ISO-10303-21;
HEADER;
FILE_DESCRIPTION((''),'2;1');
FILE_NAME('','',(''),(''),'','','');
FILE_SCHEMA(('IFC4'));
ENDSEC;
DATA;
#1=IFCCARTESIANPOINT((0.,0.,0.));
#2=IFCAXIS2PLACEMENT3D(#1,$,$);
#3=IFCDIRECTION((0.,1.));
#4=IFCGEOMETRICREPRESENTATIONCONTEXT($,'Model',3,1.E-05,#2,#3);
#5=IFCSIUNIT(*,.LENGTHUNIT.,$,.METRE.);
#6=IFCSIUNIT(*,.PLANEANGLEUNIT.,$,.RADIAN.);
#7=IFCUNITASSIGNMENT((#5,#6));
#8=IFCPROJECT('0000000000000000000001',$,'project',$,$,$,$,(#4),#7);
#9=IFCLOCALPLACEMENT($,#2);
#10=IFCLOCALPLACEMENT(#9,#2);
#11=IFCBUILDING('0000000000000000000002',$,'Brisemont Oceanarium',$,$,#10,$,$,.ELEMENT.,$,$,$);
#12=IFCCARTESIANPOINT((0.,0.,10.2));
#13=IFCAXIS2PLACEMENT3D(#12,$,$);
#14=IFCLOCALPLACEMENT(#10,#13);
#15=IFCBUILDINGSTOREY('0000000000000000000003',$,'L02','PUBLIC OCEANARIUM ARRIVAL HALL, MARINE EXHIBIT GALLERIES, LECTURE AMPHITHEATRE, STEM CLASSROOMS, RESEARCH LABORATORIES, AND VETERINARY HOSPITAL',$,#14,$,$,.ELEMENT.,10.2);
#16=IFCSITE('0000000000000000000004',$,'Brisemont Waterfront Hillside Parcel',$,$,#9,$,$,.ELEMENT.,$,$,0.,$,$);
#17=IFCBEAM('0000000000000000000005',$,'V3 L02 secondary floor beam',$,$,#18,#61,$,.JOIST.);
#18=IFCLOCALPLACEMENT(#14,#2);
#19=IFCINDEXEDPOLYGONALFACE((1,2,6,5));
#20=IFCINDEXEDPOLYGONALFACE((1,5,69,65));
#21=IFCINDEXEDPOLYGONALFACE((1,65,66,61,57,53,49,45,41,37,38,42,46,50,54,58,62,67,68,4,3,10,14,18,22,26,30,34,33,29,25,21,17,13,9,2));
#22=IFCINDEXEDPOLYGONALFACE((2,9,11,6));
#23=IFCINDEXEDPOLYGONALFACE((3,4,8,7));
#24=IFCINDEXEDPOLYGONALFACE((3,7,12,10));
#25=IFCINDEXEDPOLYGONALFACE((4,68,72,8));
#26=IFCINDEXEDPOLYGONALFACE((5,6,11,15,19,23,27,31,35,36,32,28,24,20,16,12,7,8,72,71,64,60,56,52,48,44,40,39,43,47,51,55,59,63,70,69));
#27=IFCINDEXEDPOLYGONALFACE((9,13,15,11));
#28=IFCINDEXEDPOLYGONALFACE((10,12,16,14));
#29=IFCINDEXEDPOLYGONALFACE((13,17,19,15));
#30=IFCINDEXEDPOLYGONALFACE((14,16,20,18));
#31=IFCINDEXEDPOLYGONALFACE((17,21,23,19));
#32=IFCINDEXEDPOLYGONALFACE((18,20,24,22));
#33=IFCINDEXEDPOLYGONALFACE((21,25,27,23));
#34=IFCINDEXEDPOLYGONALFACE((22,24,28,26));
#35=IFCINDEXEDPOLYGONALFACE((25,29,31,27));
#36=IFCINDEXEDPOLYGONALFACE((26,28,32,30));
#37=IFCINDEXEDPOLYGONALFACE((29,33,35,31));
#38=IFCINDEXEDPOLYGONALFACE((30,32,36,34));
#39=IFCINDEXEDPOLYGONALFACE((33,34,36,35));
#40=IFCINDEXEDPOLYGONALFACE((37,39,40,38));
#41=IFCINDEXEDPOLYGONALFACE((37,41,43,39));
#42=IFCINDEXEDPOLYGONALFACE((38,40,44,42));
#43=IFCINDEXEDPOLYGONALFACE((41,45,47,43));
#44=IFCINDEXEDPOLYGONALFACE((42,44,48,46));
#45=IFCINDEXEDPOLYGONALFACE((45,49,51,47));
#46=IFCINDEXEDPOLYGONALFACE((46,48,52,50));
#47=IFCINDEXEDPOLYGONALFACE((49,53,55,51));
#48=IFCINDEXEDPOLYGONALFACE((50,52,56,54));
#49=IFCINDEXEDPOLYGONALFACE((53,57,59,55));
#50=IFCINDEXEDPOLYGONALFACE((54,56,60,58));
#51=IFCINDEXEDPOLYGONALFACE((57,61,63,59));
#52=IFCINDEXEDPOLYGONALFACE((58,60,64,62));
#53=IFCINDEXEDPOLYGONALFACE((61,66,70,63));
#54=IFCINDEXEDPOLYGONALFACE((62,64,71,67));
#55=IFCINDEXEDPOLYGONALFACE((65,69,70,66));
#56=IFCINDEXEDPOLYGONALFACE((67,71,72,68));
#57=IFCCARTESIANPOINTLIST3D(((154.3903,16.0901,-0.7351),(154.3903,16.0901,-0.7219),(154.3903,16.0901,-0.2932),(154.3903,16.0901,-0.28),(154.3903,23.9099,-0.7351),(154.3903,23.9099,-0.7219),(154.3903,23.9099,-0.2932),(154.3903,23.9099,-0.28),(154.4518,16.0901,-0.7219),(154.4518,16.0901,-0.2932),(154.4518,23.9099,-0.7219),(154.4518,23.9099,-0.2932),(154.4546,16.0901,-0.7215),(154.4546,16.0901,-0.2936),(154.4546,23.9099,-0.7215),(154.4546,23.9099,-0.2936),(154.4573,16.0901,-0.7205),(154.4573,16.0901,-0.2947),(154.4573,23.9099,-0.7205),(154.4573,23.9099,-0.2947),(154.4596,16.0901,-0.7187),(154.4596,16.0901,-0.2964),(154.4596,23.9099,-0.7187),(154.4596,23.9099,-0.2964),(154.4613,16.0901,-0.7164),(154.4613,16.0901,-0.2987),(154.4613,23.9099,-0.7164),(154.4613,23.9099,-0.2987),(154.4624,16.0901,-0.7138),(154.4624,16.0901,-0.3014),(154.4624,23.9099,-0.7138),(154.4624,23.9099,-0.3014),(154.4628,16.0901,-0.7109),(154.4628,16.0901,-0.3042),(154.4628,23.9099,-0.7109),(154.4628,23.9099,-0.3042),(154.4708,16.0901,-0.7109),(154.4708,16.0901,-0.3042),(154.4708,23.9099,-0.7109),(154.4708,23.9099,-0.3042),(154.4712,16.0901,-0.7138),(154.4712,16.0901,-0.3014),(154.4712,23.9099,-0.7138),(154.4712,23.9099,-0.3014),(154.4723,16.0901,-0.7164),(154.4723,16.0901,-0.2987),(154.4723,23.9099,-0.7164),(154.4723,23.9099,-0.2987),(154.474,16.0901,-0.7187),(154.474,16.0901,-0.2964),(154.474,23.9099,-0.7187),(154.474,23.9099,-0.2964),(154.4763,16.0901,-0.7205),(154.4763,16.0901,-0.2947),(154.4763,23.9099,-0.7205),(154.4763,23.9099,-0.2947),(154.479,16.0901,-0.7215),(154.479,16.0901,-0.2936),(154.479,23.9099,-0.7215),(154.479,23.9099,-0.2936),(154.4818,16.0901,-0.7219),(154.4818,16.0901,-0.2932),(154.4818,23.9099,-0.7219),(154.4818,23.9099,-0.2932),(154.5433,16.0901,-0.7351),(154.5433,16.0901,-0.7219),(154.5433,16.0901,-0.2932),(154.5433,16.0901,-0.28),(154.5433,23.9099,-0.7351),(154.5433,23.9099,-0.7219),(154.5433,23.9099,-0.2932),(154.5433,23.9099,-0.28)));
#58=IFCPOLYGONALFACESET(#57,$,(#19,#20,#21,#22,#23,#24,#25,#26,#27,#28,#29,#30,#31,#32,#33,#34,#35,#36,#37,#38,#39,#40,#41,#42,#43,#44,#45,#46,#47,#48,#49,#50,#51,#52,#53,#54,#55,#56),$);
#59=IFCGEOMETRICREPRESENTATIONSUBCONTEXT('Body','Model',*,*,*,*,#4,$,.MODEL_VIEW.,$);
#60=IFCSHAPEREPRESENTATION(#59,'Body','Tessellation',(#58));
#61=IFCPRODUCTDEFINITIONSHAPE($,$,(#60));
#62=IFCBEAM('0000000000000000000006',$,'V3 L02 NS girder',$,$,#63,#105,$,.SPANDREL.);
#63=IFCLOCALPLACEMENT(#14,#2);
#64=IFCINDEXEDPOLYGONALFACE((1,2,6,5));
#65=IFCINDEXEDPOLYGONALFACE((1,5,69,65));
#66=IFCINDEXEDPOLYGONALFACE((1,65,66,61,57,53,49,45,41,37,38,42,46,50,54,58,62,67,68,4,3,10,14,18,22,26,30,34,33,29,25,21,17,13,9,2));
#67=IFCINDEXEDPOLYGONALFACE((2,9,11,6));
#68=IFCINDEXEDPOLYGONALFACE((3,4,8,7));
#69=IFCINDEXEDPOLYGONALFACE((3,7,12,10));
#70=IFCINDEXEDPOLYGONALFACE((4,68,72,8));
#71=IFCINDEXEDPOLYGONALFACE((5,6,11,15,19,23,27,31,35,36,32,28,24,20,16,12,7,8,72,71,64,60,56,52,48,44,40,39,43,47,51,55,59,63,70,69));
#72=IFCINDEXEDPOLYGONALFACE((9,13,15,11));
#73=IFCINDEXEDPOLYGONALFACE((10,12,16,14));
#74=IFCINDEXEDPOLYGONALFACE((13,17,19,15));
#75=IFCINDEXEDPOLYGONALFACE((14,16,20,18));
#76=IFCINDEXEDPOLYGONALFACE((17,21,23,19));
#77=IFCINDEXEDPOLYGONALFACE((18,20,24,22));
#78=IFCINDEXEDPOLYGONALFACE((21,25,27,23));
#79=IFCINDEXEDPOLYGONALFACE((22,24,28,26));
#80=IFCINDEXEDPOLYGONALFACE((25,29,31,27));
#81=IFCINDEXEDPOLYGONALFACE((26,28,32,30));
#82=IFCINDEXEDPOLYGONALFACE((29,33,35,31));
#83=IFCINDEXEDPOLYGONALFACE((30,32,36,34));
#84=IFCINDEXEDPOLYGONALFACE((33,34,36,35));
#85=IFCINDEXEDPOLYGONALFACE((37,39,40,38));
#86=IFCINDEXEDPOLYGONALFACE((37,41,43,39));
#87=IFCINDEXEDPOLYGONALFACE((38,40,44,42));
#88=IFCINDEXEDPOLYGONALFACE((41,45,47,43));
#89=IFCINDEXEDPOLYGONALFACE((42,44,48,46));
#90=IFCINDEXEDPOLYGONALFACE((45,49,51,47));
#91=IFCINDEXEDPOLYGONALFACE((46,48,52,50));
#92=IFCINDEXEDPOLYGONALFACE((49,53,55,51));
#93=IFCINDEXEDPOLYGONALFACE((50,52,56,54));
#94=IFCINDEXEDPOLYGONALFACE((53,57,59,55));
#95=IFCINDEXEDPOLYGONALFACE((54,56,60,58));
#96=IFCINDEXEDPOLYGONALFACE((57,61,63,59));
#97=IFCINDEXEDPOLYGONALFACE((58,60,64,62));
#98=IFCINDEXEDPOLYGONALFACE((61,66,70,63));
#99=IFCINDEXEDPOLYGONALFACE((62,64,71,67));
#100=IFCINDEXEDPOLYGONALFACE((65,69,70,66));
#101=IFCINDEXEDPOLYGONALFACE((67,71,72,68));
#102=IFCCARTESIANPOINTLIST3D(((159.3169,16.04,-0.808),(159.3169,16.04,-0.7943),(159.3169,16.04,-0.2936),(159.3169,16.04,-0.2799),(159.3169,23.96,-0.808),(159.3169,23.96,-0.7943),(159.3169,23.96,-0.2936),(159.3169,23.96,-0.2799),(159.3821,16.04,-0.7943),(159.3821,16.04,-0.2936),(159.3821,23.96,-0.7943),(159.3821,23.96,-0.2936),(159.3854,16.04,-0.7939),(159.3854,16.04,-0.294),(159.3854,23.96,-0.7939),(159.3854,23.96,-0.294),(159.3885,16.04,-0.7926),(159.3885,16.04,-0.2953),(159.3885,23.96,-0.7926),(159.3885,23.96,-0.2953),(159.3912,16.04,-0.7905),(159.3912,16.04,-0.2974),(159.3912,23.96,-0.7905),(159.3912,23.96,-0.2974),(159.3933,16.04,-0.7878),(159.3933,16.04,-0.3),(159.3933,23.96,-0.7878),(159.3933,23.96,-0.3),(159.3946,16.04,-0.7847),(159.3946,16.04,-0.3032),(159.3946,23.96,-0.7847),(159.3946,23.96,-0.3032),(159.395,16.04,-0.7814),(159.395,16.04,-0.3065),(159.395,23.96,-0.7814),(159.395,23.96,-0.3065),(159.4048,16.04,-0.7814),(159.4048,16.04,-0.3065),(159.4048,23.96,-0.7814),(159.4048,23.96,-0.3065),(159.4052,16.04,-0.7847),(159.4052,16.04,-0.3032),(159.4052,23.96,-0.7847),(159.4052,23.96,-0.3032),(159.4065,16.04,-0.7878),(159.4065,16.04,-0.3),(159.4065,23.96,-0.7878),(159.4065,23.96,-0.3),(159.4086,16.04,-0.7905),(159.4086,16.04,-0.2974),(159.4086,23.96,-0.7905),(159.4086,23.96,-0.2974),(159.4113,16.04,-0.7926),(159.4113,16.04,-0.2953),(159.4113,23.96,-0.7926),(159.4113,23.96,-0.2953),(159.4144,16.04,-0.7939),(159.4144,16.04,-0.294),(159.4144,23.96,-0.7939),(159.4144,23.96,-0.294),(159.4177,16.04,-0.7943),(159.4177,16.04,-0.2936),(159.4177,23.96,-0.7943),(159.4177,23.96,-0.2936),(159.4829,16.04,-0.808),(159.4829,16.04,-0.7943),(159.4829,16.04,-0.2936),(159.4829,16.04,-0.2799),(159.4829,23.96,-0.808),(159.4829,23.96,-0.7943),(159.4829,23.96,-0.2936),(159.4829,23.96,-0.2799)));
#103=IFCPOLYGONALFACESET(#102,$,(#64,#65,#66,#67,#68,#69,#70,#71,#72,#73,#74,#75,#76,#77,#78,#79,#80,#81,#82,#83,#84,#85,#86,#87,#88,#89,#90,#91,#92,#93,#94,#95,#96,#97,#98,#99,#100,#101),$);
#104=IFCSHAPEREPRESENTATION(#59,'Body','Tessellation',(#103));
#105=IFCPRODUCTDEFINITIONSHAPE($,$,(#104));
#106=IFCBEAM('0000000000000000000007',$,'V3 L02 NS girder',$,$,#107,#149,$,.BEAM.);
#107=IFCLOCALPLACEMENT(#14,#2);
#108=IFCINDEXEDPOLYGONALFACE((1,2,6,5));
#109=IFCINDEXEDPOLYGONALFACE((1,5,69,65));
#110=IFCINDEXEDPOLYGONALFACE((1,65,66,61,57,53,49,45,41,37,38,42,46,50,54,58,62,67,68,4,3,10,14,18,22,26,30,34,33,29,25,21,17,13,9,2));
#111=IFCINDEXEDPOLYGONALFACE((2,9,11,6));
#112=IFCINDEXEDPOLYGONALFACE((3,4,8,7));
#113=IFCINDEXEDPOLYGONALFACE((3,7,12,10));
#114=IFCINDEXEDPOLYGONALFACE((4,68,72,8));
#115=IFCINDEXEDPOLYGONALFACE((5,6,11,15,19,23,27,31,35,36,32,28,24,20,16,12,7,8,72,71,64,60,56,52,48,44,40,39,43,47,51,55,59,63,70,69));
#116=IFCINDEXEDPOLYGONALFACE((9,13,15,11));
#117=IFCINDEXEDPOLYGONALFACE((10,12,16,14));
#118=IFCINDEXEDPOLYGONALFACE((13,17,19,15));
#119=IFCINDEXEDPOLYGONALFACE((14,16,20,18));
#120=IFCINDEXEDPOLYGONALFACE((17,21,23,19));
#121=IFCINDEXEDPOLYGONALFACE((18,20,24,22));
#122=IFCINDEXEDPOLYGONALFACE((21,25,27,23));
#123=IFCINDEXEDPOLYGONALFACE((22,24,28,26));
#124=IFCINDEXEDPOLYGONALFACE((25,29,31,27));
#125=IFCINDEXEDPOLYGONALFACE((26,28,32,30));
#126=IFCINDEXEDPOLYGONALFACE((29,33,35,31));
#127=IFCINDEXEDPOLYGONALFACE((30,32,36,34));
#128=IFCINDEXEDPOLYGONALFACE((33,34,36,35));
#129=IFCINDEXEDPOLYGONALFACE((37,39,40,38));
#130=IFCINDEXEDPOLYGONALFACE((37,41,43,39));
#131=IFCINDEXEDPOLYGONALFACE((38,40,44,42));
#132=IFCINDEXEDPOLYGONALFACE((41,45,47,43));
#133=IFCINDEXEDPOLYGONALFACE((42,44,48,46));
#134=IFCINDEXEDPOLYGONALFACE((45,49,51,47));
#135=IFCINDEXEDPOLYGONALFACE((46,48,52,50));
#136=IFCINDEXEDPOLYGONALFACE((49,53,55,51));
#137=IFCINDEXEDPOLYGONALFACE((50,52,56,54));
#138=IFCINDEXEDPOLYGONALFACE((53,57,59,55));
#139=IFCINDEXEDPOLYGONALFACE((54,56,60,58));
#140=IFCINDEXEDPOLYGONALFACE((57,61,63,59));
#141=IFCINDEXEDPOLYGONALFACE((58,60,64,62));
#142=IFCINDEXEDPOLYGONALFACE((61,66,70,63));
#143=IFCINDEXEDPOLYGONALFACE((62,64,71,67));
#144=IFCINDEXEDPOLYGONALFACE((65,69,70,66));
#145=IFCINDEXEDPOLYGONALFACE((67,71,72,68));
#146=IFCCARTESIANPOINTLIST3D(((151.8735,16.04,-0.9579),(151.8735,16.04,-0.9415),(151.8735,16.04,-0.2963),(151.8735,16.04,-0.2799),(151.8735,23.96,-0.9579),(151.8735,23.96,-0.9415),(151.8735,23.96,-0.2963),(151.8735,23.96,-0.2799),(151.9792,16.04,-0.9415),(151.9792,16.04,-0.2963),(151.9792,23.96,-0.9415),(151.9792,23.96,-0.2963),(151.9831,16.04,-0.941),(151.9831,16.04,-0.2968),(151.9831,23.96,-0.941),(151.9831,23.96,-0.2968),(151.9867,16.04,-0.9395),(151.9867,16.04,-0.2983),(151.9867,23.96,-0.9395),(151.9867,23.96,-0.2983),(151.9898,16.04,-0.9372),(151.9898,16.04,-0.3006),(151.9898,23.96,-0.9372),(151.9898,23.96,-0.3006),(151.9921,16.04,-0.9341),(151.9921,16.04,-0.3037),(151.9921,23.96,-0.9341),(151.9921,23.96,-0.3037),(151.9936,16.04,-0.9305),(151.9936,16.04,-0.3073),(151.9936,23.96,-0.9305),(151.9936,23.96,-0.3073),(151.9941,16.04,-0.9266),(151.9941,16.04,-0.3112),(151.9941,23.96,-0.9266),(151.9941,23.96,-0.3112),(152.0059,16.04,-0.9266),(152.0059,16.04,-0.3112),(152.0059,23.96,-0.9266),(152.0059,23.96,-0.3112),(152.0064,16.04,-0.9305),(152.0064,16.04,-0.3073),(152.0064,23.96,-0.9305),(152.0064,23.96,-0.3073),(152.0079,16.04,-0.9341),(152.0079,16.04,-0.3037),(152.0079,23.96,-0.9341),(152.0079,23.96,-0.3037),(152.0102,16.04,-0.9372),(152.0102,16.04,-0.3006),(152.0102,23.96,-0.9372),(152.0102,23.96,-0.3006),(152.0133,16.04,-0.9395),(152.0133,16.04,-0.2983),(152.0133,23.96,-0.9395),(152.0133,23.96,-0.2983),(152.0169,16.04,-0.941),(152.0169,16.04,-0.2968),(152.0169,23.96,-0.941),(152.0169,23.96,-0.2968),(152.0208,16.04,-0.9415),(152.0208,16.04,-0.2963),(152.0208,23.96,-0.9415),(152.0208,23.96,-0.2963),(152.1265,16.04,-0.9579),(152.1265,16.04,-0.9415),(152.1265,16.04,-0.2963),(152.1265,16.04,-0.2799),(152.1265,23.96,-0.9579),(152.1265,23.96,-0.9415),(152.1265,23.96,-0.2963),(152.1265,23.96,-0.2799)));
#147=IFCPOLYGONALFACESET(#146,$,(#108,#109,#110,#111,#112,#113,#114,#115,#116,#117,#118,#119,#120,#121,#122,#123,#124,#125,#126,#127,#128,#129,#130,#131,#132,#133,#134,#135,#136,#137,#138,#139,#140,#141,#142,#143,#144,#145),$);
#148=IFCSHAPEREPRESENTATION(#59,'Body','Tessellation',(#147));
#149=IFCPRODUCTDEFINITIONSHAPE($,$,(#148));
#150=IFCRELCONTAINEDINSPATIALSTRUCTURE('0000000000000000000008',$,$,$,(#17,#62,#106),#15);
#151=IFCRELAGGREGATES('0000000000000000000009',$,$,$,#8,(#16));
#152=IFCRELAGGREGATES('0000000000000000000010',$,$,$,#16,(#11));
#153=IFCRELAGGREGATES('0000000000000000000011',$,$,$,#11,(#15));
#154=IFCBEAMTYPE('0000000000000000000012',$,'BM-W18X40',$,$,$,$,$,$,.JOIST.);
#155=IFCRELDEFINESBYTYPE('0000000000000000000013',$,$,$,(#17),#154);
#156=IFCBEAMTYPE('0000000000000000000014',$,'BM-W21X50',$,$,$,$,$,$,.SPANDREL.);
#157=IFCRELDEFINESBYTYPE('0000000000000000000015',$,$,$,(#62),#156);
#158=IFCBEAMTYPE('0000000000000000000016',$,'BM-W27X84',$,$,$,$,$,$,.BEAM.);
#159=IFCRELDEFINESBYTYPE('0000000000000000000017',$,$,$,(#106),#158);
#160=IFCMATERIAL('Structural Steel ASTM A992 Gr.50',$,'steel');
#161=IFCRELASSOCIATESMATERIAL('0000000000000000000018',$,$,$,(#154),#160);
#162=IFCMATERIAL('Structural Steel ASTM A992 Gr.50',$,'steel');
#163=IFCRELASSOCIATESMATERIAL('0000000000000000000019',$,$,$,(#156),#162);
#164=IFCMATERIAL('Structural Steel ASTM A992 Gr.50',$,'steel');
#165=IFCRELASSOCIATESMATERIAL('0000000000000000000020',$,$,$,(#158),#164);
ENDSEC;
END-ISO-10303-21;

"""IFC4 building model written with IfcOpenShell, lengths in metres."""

from ifc_helpers import new_model, si_unit, direction, frame, origin, origin_2d, place, context, subcontext, project, spatial, i_section, extrude, material, material_profile, profile_set, type_object, element, save


model = new_model("IFC4")

# Units and contexts
model_context = context("Model", 3, precision=1e-05, world=origin(), true_north=direction((0.0, 1.0)))
body_context = subcontext(model_context, "Body", "Model", "MODEL_VIEW")
ifc_project = project(units=[si_unit("LENGTHUNIT", "METRE"), si_unit("PLANEANGLEUNIT", "RADIAN")], contexts=[model_context])

# Site, building, storey
site_placement = place(None, origin())
site = spatial("IfcSite", under=ifc_project, at=site_placement, Name="Brisemont Waterfront Hillside Parcel", CompositionType="ELEMENT", RefElevation=0.0)
building_placement = place(site_placement, origin())
building = spatial("IfcBuilding", under=site, at=building_placement, Name="Brisemont Oceanarium", CompositionType="ELEMENT")
storey_placement = place(building_placement, frame((0.0, 0.0, 10.2)))
storey = spatial("IfcBuildingStorey", under=building, at=storey_placement, Name="L02", Description="PUBLIC OCEANARIUM ARRIVAL HALL, MARINE EXHIBIT GALLERIES, LECTURE AMPHITHEATRE, STEM CLASSROOMS, RESEARCH LABORATORIES, AND VETERINARY HOSPITAL", CompositionType="ELEMENT", Elevation=10.2)

# Beams
ifc_material_1 = material(Name="Structural Steel ASTM A992 Gr.50", Category="steel")
ifc_material_profile_1 = material_profile(ifc_material_1, i_section(OverallWidth=0.1531, OverallDepth=0.4551, WebThickness=0.0081, FlangeThickness=0.0132, FilletRadius=0.011, at=origin_2d()), Name="W18X40")
ifc_profile_set_1 = profile_set([ifc_material_profile_1], Name="Structural Steel ASTM A992 Gr.50")
beam_type_1 = type_object("IfcBeamType", Name="BM-W18X40", PredefinedType="JOIST", material=ifc_profile_set_1)
for number, where, z_axis, x_axis, name in (
    (1, (154.4668, 16.0901, -0.5076), (0.0, 1.0, 0.0), (-1.0, 0.0, 0.0), "V3 L02 secondary floor beam"),
):
    element("IfcBeam", number, at=place(storey_placement, frame(where, z_axis=z_axis, x_axis=x_axis)), inside=storey, type_object=beam_type_1, Name=name, PredefinedType="JOIST", context=body_context, shape_type="SweptSolid", body=[
        extrude(i_section(OverallWidth=0.1531, OverallDepth=0.4551, WebThickness=0.0081, FlangeThickness=0.0132, FilletRadius=0.011, at=origin_2d()), origin(), (0.0, 0.0, 1.0), 7.8198),
    ])
ifc_material_2 = material(Name="Structural Steel ASTM A992 Gr.50", Category="steel")
ifc_material_profile_2 = material_profile(ifc_material_2, i_section(OverallWidth=0.166, OverallDepth=0.5281, WebThickness=0.0098, FlangeThickness=0.0137, FilletRadius=0.0129, at=origin_2d()), Name="W21X50")
ifc_profile_set_2 = profile_set([ifc_material_profile_2], Name="Structural Steel ASTM A992 Gr.50")
beam_type_2 = type_object("IfcBeamType", Name="BM-W21X50", PredefinedType="SPANDREL", material=ifc_profile_set_2)
beam_1_placement = place(storey_placement, frame((159.3999, 16.04, -0.5439), z_axis=(0.0, 1.0, 0.0), x_axis=(-1.0, 0.0, 0.0)))
element("IfcBeam", 2, at=beam_1_placement, inside=storey, type_object=beam_type_2, Name="V3 L02 NS girder", PredefinedType="SPANDREL", context=body_context, shape_type="SweptSolid", body=[
    extrude(i_section(OverallWidth=0.166, OverallDepth=0.5281, WebThickness=0.0098, FlangeThickness=0.0137, FilletRadius=0.0129, at=origin_2d()), origin(), (0.0, 0.0, 1.0), 7.9199),
])
ifc_material_3 = material(Name="Structural Steel ASTM A992 Gr.50", Category="steel")
ifc_material_profile_3 = material_profile(ifc_material_3, i_section(OverallWidth=0.2529, OverallDepth=0.678, WebThickness=0.0117, FlangeThickness=0.0164, FilletRadius=0.0149, at=origin_2d()), Name="W27X84")
ifc_profile_set_3 = profile_set([ifc_material_profile_3], Name="Structural Steel ASTM A992 Gr.50")
beam_type_3 = type_object("IfcBeamType", Name="BM-W27X84", PredefinedType="BEAM", material=ifc_profile_set_3)
beam_2_placement = place(storey_placement, frame((152.0, 16.04, -0.6189), z_axis=(0.0, 1.0, 0.0), x_axis=(-1.0, 0.0, 0.0)))
element("IfcBeam", 3, at=beam_2_placement, inside=storey, type_object=beam_type_3, Name="V3 L02 NS girder", PredefinedType="BEAM", context=body_context, shape_type="SweptSolid", body=[
    extrude(i_section(OverallWidth=0.2529, OverallDepth=0.678, WebThickness=0.0117, FlangeThickness=0.0164, FilletRadius=0.0149, at=origin_2d()), origin(), (0.0, 0.0, 1.0), 7.9199),
])

save(model, "model.ifc")
